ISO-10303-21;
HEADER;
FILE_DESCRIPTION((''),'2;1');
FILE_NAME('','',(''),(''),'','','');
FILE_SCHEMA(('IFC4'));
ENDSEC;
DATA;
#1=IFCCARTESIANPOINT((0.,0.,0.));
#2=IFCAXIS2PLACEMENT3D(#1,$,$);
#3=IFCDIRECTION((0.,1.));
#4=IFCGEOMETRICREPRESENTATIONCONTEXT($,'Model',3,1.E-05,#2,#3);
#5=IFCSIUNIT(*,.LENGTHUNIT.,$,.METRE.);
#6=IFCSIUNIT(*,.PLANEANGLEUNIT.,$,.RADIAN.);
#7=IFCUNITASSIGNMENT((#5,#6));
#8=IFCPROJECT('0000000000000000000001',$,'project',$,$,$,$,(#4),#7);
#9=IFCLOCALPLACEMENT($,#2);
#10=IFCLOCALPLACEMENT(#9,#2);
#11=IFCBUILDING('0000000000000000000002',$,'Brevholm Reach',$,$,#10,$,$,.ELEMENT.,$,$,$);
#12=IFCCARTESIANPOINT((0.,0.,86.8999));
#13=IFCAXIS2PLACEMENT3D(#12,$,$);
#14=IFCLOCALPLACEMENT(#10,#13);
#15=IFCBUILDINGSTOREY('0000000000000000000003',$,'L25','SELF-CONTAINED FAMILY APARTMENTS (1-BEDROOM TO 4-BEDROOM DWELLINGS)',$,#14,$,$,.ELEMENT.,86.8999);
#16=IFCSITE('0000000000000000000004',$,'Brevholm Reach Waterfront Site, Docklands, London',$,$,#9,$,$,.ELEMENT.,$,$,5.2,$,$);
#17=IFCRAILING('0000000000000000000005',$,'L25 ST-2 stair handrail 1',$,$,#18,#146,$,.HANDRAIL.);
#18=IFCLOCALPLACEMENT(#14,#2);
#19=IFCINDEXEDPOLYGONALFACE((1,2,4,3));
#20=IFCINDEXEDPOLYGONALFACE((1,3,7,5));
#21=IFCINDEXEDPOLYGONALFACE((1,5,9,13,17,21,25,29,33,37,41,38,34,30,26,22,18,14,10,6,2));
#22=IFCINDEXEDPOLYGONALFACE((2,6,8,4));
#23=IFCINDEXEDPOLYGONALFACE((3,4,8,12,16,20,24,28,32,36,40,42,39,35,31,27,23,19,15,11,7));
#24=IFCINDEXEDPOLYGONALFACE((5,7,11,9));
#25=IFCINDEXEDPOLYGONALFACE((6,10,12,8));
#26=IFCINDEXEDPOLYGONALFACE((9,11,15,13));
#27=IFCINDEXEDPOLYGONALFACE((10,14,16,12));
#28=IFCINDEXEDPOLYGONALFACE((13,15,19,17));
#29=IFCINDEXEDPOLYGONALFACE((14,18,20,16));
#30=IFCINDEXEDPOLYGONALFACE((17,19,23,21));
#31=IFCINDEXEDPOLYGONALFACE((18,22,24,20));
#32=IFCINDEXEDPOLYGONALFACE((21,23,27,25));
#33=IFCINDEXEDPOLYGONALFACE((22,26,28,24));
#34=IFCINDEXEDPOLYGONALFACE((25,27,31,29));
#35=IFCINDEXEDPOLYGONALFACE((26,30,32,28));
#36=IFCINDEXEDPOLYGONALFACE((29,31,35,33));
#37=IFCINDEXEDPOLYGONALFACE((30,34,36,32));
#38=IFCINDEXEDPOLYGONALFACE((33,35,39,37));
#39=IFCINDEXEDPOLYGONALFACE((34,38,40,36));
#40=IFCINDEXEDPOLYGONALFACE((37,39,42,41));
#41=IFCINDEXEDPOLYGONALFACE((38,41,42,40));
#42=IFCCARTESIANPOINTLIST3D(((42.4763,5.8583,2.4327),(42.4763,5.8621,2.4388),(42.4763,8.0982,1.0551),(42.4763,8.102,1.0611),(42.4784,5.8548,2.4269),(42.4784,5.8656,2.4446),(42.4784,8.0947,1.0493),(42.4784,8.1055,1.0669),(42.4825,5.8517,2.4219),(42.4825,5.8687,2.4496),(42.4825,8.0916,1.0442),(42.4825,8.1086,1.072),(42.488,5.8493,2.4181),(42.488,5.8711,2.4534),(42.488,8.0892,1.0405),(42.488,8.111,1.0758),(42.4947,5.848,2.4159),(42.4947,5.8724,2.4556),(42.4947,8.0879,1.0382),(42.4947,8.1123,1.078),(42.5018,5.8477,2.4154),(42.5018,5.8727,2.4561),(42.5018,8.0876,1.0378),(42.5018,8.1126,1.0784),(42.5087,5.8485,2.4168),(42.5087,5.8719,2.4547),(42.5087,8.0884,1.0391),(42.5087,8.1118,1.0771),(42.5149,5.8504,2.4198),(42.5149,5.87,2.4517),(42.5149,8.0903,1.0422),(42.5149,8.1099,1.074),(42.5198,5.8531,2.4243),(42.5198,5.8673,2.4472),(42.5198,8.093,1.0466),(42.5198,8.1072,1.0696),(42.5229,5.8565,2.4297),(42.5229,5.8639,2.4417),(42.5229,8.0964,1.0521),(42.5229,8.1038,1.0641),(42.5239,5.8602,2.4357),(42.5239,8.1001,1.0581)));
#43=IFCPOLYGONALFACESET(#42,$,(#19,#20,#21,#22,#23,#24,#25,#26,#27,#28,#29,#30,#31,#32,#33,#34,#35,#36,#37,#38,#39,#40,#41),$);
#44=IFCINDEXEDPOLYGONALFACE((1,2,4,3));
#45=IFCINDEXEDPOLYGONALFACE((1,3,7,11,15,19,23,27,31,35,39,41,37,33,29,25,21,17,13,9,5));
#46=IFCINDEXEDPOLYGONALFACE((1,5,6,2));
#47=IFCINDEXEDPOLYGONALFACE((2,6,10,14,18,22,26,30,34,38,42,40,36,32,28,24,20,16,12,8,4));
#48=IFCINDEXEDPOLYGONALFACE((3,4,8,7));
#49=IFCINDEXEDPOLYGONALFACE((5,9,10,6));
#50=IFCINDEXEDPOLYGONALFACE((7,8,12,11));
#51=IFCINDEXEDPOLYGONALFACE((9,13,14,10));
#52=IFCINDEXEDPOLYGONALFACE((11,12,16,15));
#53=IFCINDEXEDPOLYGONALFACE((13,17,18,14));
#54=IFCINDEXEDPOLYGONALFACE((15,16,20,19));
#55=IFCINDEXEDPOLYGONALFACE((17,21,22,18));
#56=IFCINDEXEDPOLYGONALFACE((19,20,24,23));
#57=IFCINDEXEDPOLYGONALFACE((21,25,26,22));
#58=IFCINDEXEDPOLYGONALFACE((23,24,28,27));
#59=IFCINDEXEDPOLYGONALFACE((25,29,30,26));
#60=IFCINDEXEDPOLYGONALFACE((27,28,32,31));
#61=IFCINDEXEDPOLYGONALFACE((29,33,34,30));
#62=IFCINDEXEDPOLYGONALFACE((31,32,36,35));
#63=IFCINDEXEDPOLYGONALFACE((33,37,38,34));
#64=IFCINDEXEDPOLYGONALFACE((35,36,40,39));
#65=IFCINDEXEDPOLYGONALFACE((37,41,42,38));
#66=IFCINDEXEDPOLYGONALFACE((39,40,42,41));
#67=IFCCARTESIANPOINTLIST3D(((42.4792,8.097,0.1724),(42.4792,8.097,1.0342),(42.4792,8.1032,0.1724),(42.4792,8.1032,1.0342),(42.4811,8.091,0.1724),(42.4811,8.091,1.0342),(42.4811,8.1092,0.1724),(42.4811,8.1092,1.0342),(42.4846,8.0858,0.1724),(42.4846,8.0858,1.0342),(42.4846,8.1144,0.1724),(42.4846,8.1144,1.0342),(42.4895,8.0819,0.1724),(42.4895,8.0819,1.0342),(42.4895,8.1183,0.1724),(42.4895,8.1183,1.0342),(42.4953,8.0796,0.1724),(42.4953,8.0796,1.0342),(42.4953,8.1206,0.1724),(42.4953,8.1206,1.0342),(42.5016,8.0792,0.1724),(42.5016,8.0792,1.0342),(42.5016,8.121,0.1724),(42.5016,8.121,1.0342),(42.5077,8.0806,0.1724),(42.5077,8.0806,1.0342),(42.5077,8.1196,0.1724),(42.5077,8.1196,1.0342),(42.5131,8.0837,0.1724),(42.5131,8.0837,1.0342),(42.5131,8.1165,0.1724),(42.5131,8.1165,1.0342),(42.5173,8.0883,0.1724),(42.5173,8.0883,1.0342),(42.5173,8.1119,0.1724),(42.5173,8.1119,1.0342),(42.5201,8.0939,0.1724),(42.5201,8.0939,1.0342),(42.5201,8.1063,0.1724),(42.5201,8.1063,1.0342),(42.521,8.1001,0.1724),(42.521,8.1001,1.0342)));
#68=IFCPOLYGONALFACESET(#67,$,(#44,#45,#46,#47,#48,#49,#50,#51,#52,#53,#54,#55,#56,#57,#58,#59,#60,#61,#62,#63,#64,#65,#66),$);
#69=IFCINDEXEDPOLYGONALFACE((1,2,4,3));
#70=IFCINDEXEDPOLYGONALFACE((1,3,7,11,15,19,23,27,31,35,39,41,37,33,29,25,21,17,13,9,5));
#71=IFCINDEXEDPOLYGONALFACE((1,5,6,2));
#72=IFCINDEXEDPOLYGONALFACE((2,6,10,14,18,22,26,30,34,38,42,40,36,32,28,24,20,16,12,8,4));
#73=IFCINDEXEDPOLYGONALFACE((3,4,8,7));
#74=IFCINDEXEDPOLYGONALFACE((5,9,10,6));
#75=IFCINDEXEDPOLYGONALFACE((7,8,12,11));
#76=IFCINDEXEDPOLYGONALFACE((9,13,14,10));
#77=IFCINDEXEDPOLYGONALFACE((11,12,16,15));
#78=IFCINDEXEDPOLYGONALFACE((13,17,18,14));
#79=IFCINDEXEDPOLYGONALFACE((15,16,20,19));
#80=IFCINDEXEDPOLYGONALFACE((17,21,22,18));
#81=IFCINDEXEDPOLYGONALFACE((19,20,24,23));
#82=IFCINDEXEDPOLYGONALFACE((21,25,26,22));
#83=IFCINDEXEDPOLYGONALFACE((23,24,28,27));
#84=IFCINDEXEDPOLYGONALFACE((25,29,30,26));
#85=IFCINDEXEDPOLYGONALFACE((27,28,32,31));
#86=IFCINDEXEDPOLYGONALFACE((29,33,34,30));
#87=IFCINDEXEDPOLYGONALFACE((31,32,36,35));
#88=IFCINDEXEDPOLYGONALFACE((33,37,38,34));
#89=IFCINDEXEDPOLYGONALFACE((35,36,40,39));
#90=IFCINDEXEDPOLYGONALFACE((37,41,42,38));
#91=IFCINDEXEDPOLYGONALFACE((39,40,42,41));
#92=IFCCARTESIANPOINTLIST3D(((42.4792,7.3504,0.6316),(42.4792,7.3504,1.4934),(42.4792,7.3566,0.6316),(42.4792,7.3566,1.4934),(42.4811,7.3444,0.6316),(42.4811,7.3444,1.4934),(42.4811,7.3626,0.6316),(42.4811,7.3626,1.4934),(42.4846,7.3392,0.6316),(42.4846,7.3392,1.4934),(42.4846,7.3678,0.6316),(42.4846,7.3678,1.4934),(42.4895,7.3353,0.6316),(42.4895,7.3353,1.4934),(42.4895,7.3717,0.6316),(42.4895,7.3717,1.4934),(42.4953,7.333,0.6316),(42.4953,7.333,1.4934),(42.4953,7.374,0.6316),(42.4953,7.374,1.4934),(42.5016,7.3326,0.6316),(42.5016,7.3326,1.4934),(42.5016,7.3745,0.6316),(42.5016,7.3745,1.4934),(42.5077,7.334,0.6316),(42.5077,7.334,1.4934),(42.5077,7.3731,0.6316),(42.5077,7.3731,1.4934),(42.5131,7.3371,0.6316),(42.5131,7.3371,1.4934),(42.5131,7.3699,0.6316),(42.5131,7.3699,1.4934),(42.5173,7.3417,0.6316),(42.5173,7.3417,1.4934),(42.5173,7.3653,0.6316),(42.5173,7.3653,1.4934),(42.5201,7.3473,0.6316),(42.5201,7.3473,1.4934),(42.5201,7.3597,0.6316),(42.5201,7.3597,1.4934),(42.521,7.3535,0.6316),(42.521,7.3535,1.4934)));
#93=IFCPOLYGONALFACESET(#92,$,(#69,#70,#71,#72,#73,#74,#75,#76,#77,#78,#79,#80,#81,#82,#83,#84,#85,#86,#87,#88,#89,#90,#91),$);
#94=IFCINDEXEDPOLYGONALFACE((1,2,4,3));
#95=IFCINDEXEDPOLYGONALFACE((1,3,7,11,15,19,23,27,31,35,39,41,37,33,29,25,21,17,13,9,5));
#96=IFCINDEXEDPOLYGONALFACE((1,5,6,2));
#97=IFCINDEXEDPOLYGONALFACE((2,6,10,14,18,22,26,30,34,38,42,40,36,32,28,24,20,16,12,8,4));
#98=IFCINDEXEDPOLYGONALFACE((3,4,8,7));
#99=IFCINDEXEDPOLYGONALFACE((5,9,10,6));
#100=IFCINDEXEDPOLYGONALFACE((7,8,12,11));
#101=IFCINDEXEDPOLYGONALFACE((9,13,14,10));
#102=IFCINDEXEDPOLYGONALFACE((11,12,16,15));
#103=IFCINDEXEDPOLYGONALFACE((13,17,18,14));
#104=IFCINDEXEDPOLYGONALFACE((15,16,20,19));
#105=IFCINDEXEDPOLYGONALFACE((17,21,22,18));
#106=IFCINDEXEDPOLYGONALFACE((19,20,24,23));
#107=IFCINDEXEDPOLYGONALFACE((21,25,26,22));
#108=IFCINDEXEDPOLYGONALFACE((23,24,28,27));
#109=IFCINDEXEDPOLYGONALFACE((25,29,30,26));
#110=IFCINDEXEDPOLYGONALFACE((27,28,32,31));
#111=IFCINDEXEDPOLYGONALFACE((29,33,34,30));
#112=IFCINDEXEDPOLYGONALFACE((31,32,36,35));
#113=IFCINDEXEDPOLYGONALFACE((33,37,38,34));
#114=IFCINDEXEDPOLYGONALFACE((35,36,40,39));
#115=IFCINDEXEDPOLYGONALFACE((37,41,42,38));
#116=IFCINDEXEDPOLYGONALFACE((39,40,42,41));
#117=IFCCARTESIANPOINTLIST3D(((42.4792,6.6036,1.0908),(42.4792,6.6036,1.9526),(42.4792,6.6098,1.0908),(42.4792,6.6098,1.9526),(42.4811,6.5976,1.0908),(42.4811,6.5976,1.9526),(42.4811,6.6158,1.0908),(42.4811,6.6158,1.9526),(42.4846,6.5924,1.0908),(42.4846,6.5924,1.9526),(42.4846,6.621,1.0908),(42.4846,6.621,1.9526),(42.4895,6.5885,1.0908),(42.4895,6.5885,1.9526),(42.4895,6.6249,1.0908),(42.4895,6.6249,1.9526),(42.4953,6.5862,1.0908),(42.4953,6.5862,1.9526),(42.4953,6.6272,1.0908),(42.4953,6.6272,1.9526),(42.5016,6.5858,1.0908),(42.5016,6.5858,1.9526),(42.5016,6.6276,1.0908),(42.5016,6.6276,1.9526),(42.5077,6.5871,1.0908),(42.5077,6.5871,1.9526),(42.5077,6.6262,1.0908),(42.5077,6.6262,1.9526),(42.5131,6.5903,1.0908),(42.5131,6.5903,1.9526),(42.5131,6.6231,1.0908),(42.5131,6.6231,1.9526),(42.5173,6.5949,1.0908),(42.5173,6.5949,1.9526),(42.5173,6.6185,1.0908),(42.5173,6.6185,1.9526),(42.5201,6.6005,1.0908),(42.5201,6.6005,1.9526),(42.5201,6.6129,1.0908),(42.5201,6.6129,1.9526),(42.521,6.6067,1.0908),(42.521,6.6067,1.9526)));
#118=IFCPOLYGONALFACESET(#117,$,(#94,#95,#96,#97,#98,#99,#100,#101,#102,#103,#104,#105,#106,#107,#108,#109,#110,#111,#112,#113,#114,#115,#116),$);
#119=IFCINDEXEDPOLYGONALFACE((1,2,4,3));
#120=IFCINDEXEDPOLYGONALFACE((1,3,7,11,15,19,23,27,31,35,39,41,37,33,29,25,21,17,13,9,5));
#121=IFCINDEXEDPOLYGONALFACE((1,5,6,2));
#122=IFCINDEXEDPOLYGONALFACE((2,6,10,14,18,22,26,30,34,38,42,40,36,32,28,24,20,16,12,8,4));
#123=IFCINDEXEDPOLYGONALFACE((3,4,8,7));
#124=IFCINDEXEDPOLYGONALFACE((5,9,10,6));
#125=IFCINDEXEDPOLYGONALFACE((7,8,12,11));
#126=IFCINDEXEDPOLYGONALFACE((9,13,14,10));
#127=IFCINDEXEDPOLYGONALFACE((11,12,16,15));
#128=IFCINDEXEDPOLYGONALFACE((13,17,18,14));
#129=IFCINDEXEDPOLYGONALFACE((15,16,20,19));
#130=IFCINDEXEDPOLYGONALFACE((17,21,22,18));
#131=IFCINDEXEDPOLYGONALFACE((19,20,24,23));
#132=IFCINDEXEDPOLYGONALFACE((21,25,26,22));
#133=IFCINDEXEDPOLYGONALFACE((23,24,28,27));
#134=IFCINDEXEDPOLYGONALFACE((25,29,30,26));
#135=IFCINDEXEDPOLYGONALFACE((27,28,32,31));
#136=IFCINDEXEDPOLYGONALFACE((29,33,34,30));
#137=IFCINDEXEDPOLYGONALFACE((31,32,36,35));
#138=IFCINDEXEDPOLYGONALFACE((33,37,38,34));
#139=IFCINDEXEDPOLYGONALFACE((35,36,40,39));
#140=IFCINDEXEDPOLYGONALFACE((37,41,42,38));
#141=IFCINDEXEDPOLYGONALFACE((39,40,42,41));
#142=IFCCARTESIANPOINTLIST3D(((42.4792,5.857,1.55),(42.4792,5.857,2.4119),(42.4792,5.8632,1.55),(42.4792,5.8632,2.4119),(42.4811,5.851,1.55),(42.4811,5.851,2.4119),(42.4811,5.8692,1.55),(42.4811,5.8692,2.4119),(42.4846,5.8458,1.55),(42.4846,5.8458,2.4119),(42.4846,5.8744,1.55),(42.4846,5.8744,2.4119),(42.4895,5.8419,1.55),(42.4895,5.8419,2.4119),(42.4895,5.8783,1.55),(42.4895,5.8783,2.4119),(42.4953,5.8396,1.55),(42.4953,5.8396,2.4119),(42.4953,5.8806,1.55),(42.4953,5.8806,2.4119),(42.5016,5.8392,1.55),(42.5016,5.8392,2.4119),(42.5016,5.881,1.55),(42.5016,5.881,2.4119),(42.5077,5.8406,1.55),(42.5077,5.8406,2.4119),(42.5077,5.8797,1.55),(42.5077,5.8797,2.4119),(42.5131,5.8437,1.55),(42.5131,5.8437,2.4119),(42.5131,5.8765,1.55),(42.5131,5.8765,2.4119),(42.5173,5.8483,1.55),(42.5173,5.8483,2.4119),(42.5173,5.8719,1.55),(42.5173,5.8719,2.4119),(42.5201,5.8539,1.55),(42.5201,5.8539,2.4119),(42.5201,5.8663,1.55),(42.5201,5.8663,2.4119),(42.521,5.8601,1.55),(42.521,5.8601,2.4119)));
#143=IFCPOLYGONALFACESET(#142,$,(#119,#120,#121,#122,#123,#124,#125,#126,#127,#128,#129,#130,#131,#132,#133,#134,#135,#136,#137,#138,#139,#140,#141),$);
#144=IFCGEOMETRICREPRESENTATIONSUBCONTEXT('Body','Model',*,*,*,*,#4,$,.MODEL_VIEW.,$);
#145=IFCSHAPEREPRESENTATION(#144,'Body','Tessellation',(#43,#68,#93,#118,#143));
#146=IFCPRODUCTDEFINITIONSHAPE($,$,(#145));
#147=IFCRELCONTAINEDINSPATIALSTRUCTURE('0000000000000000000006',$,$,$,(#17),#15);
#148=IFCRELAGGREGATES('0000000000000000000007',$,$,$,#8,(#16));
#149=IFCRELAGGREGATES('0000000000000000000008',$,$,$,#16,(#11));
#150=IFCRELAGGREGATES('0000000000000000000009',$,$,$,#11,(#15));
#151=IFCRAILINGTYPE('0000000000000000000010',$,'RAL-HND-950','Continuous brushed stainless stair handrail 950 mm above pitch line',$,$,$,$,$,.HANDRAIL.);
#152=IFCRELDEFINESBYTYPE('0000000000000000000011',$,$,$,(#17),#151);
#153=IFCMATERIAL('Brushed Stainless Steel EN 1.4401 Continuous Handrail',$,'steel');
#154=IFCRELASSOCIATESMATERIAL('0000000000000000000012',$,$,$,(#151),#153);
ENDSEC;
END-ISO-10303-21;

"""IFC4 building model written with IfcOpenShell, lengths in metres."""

from ifc_helpers import new_model, si_unit, direction, frame, origin, origin_2d, place, context, subcontext, project, spatial, circle, extrude, material, type_object, element, save


model = new_model("IFC4")

# Units and contexts
model_context = context("Model", 3, precision=1e-05, world=origin(), true_north=direction((0.0, 1.0)))
body_context = subcontext(model_context, "Body", "Model", "MODEL_VIEW")
ifc_project = project(units=[si_unit("LENGTHUNIT", "METRE"), si_unit("PLANEANGLEUNIT", "RADIAN")], contexts=[model_context])

# Site, building, storey
site_placement = place(None, origin())
site = spatial("IfcSite", under=ifc_project, at=site_placement, Name="Brevholm Reach Waterfront Site, Docklands, London", CompositionType="ELEMENT", RefElevation=5.2)
building_placement = place(site_placement, origin())
building = spatial("IfcBuilding", under=site, at=building_placement, Name="Brevholm Reach", CompositionType="ELEMENT")
storey_placement = place(building_placement, frame((0.0, 0.0, 86.8999)))
storey = spatial("IfcBuildingStorey", under=building, at=storey_placement, Name="L25", Description="SELF-CONTAINED FAMILY APARTMENTS (1-BEDROOM TO 4-BEDROOM DWELLINGS)", CompositionType="ELEMENT", Elevation=86.8999)

# Railing
ifc_material_1 = material(Name="Brushed Stainless Steel EN 1.4401 Continuous Handrail", Category="steel")
railing_type_1 = type_object("IfcRailingType", Name="RAL-HND-950", Description="Continuous brushed stainless stair handrail 950 mm above pitch line", PredefinedType="HANDRAIL", material=ifc_material_1)
railing_1_placement = place(storey_placement, frame((42.5, 8.1001, 0.1724)))
element("IfcRailing", 1, at=railing_1_placement, inside=storey, type_object=railing_type_1, Name="L25 ST-2 stair handrail 1", PredefinedType="HANDRAIL", context=body_context, shape_type="SweptSolid", body=[
    extrude(circle(Radius=0.0239, at=origin_2d()), frame((0.0, 0.0, 0.8857), z_axis=(0.0, -0.851789, 0.523885), x_axis=(1.0, 0.0, 0.0)), (0.0, 0.0, 1.0), 2.6296),
    extrude(circle(Radius=0.021, at=origin_2d()), origin(), (0.0, 0.0, 1.0), 0.8618),
    extrude(circle(Radius=0.021, at=origin_2d()), frame((0.0, -0.7466, 0.4592)), (0.0, 0.0, 1.0), 0.8618),
    extrude(circle(Radius=0.021, at=origin_2d()), frame((0.0, -1.4934, 0.9185)), (0.0, 0.0, 1.0), 0.8618),
    extrude(circle(Radius=0.021, at=origin_2d()), frame((0.0, -2.24, 1.3777)), (0.0, 0.0, 1.0), 0.8618),
])

save(model, "model.ifc")
